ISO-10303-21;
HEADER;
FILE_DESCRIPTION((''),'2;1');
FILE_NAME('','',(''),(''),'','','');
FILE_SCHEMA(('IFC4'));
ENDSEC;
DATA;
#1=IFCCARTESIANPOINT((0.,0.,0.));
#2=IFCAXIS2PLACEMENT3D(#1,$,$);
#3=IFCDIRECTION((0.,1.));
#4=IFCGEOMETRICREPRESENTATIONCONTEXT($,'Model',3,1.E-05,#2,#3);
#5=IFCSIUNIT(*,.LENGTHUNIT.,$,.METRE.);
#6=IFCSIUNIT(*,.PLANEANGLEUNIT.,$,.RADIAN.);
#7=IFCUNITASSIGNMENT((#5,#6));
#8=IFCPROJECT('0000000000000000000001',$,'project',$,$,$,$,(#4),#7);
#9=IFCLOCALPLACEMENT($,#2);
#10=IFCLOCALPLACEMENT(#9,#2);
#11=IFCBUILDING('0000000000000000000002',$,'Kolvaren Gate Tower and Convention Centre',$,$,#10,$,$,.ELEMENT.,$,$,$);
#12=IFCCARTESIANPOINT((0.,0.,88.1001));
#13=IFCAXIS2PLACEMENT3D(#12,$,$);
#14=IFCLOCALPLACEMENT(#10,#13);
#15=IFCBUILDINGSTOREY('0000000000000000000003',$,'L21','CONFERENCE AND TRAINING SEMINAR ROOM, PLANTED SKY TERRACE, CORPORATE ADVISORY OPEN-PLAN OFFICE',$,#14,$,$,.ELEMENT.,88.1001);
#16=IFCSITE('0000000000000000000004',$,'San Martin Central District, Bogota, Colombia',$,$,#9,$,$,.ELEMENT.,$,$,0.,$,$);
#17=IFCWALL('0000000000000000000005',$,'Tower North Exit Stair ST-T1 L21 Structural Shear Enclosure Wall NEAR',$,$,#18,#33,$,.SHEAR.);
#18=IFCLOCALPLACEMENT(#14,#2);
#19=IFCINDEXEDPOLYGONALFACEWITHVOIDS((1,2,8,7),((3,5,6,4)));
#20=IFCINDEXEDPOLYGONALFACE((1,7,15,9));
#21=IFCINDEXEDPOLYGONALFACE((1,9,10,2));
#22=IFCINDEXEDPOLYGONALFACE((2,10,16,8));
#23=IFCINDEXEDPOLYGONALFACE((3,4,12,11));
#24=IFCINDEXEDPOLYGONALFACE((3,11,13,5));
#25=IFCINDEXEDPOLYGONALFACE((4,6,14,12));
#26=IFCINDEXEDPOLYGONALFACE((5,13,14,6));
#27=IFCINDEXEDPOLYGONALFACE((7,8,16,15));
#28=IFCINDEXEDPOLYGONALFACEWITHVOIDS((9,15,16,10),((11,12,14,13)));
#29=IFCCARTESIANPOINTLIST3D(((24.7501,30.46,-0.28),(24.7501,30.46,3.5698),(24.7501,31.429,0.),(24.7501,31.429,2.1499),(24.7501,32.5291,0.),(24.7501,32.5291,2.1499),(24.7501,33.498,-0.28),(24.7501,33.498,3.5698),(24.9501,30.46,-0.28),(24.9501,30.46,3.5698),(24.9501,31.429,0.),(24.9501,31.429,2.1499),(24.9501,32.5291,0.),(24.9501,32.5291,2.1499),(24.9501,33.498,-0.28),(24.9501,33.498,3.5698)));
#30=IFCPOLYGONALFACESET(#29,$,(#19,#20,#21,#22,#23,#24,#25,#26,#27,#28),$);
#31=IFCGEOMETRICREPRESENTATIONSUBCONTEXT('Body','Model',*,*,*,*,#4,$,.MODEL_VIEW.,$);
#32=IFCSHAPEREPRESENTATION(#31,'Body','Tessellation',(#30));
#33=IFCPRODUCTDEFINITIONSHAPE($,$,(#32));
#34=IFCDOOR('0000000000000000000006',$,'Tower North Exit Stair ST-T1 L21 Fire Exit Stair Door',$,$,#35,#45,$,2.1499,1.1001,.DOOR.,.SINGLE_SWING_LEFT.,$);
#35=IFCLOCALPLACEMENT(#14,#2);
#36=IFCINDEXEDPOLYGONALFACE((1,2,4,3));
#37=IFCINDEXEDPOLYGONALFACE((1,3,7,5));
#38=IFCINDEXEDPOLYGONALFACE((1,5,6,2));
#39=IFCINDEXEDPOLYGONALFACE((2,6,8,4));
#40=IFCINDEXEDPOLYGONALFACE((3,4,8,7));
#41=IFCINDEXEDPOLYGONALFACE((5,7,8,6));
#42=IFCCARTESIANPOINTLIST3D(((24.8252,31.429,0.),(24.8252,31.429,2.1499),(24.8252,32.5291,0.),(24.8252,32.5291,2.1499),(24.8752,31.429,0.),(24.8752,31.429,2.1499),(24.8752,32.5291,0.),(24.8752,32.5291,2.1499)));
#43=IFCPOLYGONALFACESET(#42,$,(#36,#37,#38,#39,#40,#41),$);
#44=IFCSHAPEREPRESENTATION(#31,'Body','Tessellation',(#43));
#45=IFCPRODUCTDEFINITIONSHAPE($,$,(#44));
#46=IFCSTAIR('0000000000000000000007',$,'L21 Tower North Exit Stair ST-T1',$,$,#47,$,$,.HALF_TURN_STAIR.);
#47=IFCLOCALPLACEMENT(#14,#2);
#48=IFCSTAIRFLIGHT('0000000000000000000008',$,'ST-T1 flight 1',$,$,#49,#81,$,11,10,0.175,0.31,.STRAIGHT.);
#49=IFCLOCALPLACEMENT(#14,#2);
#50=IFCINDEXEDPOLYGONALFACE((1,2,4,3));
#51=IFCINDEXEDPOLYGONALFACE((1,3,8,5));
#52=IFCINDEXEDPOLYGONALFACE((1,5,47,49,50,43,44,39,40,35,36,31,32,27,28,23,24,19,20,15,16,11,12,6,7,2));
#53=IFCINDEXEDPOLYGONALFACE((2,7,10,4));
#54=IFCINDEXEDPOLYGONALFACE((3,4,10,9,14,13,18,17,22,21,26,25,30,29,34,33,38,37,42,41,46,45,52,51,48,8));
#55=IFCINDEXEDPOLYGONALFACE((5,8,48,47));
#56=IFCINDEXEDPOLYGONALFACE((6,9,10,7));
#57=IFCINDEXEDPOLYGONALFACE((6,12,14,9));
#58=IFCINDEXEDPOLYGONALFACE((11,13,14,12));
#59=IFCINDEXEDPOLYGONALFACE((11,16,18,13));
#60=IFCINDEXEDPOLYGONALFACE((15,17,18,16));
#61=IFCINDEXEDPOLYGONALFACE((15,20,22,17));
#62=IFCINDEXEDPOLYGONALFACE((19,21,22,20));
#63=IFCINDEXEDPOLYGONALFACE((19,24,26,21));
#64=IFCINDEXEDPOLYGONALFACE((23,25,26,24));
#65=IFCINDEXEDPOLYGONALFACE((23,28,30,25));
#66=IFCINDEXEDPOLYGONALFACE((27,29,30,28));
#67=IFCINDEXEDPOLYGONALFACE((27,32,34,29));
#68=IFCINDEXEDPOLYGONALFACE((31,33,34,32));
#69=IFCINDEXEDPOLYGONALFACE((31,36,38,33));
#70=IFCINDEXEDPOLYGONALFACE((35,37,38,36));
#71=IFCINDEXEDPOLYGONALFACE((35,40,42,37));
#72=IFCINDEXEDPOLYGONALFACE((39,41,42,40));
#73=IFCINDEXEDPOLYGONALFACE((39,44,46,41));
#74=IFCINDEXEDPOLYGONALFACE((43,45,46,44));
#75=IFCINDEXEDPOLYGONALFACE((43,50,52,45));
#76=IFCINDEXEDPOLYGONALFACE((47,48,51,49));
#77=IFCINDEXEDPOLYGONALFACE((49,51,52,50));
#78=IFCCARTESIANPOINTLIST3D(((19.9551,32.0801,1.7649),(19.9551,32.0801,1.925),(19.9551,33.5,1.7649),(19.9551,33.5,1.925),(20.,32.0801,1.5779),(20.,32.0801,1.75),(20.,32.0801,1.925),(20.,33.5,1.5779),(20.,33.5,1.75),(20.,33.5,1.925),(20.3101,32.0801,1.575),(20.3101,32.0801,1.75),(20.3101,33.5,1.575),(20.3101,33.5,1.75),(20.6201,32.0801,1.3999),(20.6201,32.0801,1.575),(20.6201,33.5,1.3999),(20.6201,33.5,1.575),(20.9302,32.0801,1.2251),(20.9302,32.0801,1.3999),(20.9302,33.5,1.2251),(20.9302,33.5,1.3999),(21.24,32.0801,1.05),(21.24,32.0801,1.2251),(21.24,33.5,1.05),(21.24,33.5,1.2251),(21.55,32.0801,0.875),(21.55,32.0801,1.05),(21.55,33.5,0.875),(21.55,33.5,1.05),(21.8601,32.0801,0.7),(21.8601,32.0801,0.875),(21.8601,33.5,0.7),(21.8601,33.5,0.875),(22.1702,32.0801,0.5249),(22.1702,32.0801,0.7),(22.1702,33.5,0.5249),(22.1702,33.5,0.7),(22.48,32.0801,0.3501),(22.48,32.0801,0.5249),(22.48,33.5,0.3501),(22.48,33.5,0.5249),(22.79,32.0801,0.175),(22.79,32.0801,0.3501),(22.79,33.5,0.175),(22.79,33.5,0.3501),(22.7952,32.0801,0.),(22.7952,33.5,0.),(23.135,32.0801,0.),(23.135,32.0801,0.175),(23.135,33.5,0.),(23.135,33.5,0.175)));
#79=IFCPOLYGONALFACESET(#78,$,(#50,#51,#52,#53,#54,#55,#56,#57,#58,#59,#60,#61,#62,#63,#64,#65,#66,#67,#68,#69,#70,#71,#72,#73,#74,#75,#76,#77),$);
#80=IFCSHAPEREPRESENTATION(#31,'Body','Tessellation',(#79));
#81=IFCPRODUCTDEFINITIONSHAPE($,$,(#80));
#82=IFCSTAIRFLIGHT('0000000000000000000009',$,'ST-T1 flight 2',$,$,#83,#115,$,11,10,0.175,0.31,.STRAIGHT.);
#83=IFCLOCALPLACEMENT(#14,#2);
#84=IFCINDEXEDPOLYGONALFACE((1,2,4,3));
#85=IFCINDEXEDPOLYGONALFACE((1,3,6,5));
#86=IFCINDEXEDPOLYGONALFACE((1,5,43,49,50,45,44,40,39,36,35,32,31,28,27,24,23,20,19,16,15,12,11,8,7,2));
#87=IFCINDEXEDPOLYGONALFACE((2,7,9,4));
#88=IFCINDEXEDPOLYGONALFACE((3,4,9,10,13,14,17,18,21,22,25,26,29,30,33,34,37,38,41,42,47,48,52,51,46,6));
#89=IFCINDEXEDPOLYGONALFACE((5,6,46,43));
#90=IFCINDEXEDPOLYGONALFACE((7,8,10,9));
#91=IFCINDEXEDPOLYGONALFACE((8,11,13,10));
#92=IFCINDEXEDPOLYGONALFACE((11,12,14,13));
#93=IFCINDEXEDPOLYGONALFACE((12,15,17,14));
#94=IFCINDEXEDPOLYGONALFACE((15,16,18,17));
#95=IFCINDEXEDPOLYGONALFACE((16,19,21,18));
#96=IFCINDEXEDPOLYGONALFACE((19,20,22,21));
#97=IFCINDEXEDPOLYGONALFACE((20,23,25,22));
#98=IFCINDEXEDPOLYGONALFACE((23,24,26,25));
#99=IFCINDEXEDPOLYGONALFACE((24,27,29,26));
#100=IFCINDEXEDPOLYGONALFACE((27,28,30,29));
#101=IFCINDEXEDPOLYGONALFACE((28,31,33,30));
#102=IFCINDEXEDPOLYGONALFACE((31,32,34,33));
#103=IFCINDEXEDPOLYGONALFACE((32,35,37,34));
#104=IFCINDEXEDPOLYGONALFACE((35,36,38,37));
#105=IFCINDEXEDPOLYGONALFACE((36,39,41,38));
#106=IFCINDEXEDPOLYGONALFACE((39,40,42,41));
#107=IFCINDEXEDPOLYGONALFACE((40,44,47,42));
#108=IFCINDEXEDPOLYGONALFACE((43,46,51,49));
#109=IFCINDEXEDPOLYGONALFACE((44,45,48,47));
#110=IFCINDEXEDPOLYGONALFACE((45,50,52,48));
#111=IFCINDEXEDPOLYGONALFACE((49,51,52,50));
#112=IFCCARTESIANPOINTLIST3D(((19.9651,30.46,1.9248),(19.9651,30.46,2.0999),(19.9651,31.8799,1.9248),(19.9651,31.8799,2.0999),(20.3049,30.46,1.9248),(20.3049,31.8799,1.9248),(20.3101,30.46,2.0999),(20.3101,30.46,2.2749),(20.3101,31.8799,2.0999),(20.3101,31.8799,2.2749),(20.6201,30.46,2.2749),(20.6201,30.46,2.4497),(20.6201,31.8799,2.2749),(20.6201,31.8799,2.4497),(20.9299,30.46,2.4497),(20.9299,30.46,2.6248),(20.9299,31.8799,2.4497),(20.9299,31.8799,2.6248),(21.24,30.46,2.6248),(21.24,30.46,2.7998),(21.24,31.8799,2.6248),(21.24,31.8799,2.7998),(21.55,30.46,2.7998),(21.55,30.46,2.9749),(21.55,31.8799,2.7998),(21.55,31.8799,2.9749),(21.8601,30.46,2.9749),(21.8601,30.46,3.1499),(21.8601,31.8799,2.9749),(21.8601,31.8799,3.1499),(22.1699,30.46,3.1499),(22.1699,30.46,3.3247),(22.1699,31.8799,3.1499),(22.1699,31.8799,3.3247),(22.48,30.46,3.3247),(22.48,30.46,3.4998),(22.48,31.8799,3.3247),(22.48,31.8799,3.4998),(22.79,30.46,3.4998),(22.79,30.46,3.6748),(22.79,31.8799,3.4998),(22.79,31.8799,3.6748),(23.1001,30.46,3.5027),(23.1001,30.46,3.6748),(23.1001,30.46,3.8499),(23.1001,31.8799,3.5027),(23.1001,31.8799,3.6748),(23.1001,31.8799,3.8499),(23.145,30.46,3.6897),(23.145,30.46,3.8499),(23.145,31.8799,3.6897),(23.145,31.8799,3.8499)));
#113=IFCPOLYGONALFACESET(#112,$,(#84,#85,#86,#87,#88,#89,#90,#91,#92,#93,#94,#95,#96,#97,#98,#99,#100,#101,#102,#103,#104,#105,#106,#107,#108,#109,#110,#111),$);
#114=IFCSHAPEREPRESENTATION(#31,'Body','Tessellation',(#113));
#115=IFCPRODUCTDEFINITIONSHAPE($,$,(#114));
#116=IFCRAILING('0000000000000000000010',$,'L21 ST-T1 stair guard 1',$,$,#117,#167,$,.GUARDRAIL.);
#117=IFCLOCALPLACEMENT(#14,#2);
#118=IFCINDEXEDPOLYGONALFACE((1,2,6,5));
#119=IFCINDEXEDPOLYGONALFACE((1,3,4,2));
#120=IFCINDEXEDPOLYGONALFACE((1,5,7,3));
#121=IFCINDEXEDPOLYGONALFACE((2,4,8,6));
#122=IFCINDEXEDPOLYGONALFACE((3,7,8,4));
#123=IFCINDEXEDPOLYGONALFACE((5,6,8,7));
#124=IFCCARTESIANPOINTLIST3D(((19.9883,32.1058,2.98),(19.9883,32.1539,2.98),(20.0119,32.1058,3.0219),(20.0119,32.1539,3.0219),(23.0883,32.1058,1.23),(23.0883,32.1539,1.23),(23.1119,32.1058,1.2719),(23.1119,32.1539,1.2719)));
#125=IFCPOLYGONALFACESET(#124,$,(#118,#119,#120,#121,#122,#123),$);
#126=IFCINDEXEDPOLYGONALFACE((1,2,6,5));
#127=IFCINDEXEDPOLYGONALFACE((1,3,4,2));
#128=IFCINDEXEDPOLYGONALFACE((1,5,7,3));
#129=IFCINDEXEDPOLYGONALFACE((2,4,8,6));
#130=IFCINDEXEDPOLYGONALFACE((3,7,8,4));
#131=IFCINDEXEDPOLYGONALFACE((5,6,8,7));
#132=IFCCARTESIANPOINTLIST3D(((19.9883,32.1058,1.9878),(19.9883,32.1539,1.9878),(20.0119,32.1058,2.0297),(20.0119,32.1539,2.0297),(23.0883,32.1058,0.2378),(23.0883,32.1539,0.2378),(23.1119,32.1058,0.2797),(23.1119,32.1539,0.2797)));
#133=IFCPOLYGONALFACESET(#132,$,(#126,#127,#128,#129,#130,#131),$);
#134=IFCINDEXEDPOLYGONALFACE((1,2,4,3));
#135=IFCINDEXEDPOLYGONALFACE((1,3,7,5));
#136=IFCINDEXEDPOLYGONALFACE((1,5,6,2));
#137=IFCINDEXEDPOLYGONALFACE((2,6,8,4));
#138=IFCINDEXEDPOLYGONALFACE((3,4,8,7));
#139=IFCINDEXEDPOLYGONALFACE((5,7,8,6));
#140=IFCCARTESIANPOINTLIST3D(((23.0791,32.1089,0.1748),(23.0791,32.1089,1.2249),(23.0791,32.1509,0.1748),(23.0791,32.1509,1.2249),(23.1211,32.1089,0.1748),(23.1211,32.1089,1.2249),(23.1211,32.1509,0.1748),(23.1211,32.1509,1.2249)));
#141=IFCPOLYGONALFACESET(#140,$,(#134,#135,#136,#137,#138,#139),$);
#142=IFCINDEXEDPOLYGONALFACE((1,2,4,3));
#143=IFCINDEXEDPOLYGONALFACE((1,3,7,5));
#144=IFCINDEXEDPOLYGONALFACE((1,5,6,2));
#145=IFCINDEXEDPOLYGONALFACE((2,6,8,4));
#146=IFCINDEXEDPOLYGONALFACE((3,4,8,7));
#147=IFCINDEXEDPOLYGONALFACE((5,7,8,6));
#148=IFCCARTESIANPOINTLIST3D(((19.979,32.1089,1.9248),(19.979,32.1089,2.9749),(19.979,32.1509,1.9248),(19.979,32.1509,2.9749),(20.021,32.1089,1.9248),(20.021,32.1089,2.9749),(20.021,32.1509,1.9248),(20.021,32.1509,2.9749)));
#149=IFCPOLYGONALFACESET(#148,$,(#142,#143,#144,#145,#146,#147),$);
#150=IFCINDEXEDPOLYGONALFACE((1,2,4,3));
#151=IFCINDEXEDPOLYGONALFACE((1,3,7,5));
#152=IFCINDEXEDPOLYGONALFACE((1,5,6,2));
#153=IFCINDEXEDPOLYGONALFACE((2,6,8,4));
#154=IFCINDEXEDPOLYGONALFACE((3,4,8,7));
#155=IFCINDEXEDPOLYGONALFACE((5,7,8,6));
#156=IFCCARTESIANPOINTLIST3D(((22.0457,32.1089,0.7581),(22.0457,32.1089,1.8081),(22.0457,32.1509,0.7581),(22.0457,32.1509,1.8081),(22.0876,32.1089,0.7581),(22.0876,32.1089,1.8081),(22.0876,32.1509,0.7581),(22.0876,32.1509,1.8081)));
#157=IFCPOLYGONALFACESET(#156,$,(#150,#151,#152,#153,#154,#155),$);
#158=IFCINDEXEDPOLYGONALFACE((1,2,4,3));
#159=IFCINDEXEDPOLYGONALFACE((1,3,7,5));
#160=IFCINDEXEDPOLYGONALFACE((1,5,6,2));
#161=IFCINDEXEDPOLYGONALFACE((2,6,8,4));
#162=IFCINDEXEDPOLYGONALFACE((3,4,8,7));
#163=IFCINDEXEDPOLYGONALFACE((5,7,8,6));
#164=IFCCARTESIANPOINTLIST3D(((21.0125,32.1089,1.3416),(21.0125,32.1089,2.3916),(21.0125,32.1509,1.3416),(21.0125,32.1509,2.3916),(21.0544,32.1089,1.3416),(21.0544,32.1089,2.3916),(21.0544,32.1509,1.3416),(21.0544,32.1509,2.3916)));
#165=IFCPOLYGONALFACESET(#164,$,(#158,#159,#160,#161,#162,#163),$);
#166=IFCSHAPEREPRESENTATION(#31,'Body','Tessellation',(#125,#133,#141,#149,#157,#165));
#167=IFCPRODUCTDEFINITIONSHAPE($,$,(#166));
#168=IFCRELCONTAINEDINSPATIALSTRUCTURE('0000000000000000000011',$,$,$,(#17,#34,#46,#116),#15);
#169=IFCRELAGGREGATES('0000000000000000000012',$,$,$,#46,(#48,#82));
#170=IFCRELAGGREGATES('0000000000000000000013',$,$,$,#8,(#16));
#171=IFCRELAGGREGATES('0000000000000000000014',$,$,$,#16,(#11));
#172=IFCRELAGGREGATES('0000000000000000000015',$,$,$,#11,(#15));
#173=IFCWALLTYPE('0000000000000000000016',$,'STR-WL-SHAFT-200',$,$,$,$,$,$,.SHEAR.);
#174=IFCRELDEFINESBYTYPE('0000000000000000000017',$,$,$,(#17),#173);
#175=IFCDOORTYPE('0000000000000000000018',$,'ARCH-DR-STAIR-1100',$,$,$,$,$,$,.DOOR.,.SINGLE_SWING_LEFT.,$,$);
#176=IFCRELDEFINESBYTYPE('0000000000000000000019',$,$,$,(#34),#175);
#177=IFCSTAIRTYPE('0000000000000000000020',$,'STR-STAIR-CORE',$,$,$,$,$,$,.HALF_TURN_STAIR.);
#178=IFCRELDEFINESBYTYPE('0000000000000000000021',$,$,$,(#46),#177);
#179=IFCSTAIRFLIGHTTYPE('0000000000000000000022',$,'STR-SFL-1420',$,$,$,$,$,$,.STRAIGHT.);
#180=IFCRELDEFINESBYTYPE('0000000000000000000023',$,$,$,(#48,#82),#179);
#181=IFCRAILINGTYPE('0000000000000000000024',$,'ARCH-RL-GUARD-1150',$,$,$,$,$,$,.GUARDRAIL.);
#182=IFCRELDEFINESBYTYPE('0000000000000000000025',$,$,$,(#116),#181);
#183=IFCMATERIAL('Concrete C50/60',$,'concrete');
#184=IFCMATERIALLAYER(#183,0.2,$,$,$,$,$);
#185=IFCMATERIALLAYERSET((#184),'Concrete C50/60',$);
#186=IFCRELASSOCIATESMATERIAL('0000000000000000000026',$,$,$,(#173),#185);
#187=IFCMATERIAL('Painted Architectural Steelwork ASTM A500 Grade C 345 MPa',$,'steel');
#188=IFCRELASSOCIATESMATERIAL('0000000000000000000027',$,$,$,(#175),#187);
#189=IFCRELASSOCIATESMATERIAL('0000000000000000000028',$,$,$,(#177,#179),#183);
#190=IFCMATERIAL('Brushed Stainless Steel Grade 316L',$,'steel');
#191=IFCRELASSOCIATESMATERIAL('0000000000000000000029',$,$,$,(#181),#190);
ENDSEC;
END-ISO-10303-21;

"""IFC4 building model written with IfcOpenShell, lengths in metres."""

from ifc_helpers import new_model, si_unit, direction, frame, frame_2d, origin, origin_2d, place, context, subcontext, project, spatial, polyline, rectangle, outline, extrude, material, layer, layer_set, type_object, element, fill, aggregate, save


model = new_model("IFC4")

# Units and contexts
model_context = context("Model", 3, precision=1e-05, world=origin(), true_north=direction((0.0, 1.0)))
body_context = subcontext(model_context, "Body", "Model", "MODEL_VIEW")
ifc_project = project(units=[si_unit("LENGTHUNIT", "METRE"), si_unit("PLANEANGLEUNIT", "RADIAN")], contexts=[model_context])

# Site, building, storey
site_placement = place(None, origin())
site = spatial("IfcSite", under=ifc_project, at=site_placement, Name="San Martin Central District, Bogota, Colombia", CompositionType="ELEMENT", RefElevation=0.0)
building_placement = place(site_placement, origin())
building = spatial("IfcBuilding", under=site, at=building_placement, Name="Kolvaren Gate Tower and Convention Centre", CompositionType="ELEMENT")
storey_placement = place(building_placement, frame((0.0, 0.0, 88.1001)))
storey = spatial("IfcBuildingStorey", under=building, at=storey_placement, Name="L21", Description="CONFERENCE AND TRAINING SEMINAR ROOM, PLANTED SKY TERRACE, CORPORATE ADVISORY OPEN-PLAN OFFICE", CompositionType="ELEMENT", Elevation=88.1001)

# Shared definitions
ifc_material_1 = material(Name="Painted Architectural Steelwork ASTM A500 Grade C 345 MPa", Category="steel")

# Shared definitions
ifc_material_2 = material(Name="Brushed Stainless Steel Grade 316L", Category="steel")

# Wall, opening, door
ifc_material_3 = material(Name="Concrete C50/60", Category="concrete")
ifc_layer_1 = layer(ifc_material_3, 0.2)
ifc_layer_set_1 = layer_set([ifc_layer_1], Name="Concrete C50/60")
wall_type_1 = type_object("IfcWallType", Name="STR-WL-SHAFT-200", PredefinedType="SHEAR", material=ifc_layer_set_1)
wall_1_placement = place(storey_placement, frame((24.8501, 30.46, -0.28), z_axis=(0.0, 0.0, 1.0), x_axis=(0.0, 1.0, 0.0)))
wall_1 = element("IfcWall", 1, at=wall_1_placement, inside=storey, type_object=wall_type_1, Name="Tower North Exit Stair ST-T1 L21 Structural Shear Enclosure Wall NEAR", PredefinedType="SHEAR", context=body_context, shape_type="SweptSolid", body=[
    extrude(rectangle(XDim=3.0381, YDim=0.2, at=frame_2d((1.519, 0.0))), origin(), (0.0, 0.0, 1.0), 3.8499),
])
opening_1_placement = place(wall_1_placement, frame((0.969, 0.0, 0.28)))
opening_1 = element("IfcOpeningElement", 2, at=opening_1_placement, cuts=wall_1, PredefinedType="OPENING", context=body_context, shape_type="SweptSolid", body=[
    extrude(rectangle(XDim=1.1001, YDim=2.1499, at=frame_2d((0.55, 1.075))), frame((0.0, 0.1099, 0.0), z_axis=(0.0, -1.0, 0.0), x_axis=(1.0, 0.0, 0.0)), (0.0, 0.0, 1.0), 0.22),
])
door_type_1 = type_object("IfcDoorType", Name="ARCH-DR-STAIR-1100", OperationType="SINGLE_SWING_LEFT", PredefinedType="DOOR", material=ifc_material_1)
door_1_placement = place(opening_1_placement, origin())
door_1 = element("IfcDoor", 3, at=door_1_placement, inside=storey, type_object=door_type_1, Name="Tower North Exit Stair ST-T1 L21 Fire Exit Stair Door", OperationType="SINGLE_SWING_LEFT", OverallHeight=2.1499, OverallWidth=1.1001, PredefinedType="DOOR", context=body_context, shape_type="SweptSolid", body=[
    extrude(rectangle(XDim=1.1001, YDim=2.1499, at=frame_2d((0.55, 1.075))), frame((0.0, 0.0249, 0.0), z_axis=(0.0, -1.0, 0.0), x_axis=(1.0, 0.0, 0.0)), (0.0, 0.0, 1.0), 0.05),
])
fill(opening_1, door_1)

# Stair, stair flights
stair_type = type_object("IfcStairType", Name="STR-STAIR-CORE", PredefinedType="HALF_TURN_STAIR", material=ifc_material_3)
stair_placement = place(storey_placement, origin())
stair = element("IfcStair", 4, at=stair_placement, inside=storey, type_object=stair_type, Name="L21 Tower North Exit Stair ST-T1", PredefinedType="HALF_TURN_STAIR")
stair_flight_type = type_object("IfcStairFlightType", Name="STR-SFL-1420", PredefinedType="STRAIGHT", material=ifc_material_3)
stair_flight_1_placement = place(storey_placement, frame((23.1001, 32.79, 0.0), z_axis=(0.0, 0.0, 1.0), x_axis=(-1.0, 0.0, 0.0)))
stair_flight_1 = element("IfcStairFlight", 5, at=stair_flight_1_placement, type_object=stair_flight_type, Name="ST-T1 flight 1", NumberOfRisers=11, NumberOfTreads=10, PredefinedType="STRAIGHT", RiserHeight=0.175, TreadLength=0.31, context=body_context, shape_type="SweptSolid", body=[
    extrude(outline(polyline([(-0.0349, 0.0), (-0.0349, 0.175), (0.3101, 0.175), (0.3101, 0.3501), (0.6201, 0.3501), (0.6201, 0.5249), (0.9299, 0.5249), (0.9299, 0.7), (1.24, 0.7), (1.24, 0.875), (1.55, 0.875), (1.55, 1.05), (1.8601, 1.05), (1.8601, 1.2251), (2.1699, 1.2251), (2.1699, 1.3999), (2.48, 1.3999), (2.48, 1.575), (2.79, 1.575), (2.79, 1.75), (3.1001, 1.75), (3.1001, 1.925), (3.145, 1.925), (3.145, 1.7649), (3.1001, 1.5779), (0.3049, 0.0), (-0.0349, 0.0)])), frame((0.0, 0.71, 0.0), z_axis=(0.0, -1.0, 0.0), x_axis=(1.0, 0.0, 0.0)), (0.0, 0.0, 1.0), 1.4199),
])
stair_flight_2_placement = place(storey_placement, frame((20.0, 31.1699, 1.9248), z_axis=(0.0, 0.0, 1.0), x_axis=(1.0, 0.0, 0.0)))
stair_flight_2 = element("IfcStairFlight", 6, at=stair_flight_2_placement, type_object=stair_flight_type, Name="ST-T1 flight 2", NumberOfRisers=11, NumberOfTreads=10, PredefinedType="STRAIGHT", RiserHeight=0.175, TreadLength=0.31, context=body_context, shape_type="SweptSolid", body=[
    extrude(outline(polyline([(-0.0349, 0.0), (-0.0349, 0.175), (0.3101, 0.175), (0.3101, 0.3501), (0.6201, 0.3501), (0.6201, 0.5249), (0.9299, 0.5249), (0.9299, 0.7), (1.24, 0.7), (1.24, 0.875), (1.55, 0.875), (1.55, 1.05), (1.8601, 1.05), (1.8601, 1.2251), (2.1699, 1.2251), (2.1699, 1.3999), (2.48, 1.3999), (2.48, 1.575), (2.79, 1.575), (2.79, 1.75), (3.1001, 1.75), (3.1001, 1.925), (3.145, 1.925), (3.145, 1.7649), (3.1001, 1.5779), (0.3049, 0.0), (-0.0349, 0.0)])), frame((0.0, 0.71, 0.0), z_axis=(0.0, -1.0, 0.0), x_axis=(1.0, 0.0, 0.0)), (0.0, 0.0, 1.0), 1.4199),
])
aggregate(stair, [stair_flight_1, stair_flight_2])

# Railing
railing_type_1 = type_object("IfcRailingType", Name="ARCH-RL-GUARD-1150", PredefinedType="GUARDRAIL", material=ifc_material_2)
railing_1_placement = place(storey_placement, frame((23.1001, 32.1299, 0.1748)))
element("IfcRailing", 7, at=railing_1_placement, inside=storey, type_object=railing_type_1, Name="L21 ST-T1 stair guard 1", PredefinedType="GUARDRAIL", context=body_context, shape_type="SweptSolid", body=[
    extrude(rectangle(XDim=0.0481, YDim=0.0481, at=origin_2d()), frame((0.0, 0.0, 1.0762), z_axis=(-0.870831, 0.0, 0.491583), x_axis=(0.0, -1.0, 0.0)), (0.0, 0.0, 1.0), 3.5598),
    extrude(rectangle(XDim=0.0481, YDim=0.0481, at=origin_2d()), frame((0.0, 0.0, 0.084), z_axis=(-0.870831, 0.0, 0.491583), x_axis=(0.0, -1.0, 0.0)), (0.0, 0.0, 1.0), 3.5598),
    extrude(rectangle(XDim=0.042, YDim=0.042, at=origin_2d()), origin(), (0.0, 0.0, 1.0), 1.05),
    extrude(rectangle(XDim=0.042, YDim=0.042, at=origin_2d()), frame((-3.1001, 0.0, 1.75)), (0.0, 0.0, 1.0), 1.05),
    extrude(rectangle(XDim=0.042, YDim=0.042, at=origin_2d()), frame((-1.0334, 0.0, 0.5833)), (0.0, 0.0, 1.0), 1.05),
    extrude(rectangle(XDim=0.042, YDim=0.042, at=origin_2d()), frame((-2.0667, 0.0, 1.1667)), (0.0, 0.0, 1.0), 1.05),
])

save(model, "model.ifc")
